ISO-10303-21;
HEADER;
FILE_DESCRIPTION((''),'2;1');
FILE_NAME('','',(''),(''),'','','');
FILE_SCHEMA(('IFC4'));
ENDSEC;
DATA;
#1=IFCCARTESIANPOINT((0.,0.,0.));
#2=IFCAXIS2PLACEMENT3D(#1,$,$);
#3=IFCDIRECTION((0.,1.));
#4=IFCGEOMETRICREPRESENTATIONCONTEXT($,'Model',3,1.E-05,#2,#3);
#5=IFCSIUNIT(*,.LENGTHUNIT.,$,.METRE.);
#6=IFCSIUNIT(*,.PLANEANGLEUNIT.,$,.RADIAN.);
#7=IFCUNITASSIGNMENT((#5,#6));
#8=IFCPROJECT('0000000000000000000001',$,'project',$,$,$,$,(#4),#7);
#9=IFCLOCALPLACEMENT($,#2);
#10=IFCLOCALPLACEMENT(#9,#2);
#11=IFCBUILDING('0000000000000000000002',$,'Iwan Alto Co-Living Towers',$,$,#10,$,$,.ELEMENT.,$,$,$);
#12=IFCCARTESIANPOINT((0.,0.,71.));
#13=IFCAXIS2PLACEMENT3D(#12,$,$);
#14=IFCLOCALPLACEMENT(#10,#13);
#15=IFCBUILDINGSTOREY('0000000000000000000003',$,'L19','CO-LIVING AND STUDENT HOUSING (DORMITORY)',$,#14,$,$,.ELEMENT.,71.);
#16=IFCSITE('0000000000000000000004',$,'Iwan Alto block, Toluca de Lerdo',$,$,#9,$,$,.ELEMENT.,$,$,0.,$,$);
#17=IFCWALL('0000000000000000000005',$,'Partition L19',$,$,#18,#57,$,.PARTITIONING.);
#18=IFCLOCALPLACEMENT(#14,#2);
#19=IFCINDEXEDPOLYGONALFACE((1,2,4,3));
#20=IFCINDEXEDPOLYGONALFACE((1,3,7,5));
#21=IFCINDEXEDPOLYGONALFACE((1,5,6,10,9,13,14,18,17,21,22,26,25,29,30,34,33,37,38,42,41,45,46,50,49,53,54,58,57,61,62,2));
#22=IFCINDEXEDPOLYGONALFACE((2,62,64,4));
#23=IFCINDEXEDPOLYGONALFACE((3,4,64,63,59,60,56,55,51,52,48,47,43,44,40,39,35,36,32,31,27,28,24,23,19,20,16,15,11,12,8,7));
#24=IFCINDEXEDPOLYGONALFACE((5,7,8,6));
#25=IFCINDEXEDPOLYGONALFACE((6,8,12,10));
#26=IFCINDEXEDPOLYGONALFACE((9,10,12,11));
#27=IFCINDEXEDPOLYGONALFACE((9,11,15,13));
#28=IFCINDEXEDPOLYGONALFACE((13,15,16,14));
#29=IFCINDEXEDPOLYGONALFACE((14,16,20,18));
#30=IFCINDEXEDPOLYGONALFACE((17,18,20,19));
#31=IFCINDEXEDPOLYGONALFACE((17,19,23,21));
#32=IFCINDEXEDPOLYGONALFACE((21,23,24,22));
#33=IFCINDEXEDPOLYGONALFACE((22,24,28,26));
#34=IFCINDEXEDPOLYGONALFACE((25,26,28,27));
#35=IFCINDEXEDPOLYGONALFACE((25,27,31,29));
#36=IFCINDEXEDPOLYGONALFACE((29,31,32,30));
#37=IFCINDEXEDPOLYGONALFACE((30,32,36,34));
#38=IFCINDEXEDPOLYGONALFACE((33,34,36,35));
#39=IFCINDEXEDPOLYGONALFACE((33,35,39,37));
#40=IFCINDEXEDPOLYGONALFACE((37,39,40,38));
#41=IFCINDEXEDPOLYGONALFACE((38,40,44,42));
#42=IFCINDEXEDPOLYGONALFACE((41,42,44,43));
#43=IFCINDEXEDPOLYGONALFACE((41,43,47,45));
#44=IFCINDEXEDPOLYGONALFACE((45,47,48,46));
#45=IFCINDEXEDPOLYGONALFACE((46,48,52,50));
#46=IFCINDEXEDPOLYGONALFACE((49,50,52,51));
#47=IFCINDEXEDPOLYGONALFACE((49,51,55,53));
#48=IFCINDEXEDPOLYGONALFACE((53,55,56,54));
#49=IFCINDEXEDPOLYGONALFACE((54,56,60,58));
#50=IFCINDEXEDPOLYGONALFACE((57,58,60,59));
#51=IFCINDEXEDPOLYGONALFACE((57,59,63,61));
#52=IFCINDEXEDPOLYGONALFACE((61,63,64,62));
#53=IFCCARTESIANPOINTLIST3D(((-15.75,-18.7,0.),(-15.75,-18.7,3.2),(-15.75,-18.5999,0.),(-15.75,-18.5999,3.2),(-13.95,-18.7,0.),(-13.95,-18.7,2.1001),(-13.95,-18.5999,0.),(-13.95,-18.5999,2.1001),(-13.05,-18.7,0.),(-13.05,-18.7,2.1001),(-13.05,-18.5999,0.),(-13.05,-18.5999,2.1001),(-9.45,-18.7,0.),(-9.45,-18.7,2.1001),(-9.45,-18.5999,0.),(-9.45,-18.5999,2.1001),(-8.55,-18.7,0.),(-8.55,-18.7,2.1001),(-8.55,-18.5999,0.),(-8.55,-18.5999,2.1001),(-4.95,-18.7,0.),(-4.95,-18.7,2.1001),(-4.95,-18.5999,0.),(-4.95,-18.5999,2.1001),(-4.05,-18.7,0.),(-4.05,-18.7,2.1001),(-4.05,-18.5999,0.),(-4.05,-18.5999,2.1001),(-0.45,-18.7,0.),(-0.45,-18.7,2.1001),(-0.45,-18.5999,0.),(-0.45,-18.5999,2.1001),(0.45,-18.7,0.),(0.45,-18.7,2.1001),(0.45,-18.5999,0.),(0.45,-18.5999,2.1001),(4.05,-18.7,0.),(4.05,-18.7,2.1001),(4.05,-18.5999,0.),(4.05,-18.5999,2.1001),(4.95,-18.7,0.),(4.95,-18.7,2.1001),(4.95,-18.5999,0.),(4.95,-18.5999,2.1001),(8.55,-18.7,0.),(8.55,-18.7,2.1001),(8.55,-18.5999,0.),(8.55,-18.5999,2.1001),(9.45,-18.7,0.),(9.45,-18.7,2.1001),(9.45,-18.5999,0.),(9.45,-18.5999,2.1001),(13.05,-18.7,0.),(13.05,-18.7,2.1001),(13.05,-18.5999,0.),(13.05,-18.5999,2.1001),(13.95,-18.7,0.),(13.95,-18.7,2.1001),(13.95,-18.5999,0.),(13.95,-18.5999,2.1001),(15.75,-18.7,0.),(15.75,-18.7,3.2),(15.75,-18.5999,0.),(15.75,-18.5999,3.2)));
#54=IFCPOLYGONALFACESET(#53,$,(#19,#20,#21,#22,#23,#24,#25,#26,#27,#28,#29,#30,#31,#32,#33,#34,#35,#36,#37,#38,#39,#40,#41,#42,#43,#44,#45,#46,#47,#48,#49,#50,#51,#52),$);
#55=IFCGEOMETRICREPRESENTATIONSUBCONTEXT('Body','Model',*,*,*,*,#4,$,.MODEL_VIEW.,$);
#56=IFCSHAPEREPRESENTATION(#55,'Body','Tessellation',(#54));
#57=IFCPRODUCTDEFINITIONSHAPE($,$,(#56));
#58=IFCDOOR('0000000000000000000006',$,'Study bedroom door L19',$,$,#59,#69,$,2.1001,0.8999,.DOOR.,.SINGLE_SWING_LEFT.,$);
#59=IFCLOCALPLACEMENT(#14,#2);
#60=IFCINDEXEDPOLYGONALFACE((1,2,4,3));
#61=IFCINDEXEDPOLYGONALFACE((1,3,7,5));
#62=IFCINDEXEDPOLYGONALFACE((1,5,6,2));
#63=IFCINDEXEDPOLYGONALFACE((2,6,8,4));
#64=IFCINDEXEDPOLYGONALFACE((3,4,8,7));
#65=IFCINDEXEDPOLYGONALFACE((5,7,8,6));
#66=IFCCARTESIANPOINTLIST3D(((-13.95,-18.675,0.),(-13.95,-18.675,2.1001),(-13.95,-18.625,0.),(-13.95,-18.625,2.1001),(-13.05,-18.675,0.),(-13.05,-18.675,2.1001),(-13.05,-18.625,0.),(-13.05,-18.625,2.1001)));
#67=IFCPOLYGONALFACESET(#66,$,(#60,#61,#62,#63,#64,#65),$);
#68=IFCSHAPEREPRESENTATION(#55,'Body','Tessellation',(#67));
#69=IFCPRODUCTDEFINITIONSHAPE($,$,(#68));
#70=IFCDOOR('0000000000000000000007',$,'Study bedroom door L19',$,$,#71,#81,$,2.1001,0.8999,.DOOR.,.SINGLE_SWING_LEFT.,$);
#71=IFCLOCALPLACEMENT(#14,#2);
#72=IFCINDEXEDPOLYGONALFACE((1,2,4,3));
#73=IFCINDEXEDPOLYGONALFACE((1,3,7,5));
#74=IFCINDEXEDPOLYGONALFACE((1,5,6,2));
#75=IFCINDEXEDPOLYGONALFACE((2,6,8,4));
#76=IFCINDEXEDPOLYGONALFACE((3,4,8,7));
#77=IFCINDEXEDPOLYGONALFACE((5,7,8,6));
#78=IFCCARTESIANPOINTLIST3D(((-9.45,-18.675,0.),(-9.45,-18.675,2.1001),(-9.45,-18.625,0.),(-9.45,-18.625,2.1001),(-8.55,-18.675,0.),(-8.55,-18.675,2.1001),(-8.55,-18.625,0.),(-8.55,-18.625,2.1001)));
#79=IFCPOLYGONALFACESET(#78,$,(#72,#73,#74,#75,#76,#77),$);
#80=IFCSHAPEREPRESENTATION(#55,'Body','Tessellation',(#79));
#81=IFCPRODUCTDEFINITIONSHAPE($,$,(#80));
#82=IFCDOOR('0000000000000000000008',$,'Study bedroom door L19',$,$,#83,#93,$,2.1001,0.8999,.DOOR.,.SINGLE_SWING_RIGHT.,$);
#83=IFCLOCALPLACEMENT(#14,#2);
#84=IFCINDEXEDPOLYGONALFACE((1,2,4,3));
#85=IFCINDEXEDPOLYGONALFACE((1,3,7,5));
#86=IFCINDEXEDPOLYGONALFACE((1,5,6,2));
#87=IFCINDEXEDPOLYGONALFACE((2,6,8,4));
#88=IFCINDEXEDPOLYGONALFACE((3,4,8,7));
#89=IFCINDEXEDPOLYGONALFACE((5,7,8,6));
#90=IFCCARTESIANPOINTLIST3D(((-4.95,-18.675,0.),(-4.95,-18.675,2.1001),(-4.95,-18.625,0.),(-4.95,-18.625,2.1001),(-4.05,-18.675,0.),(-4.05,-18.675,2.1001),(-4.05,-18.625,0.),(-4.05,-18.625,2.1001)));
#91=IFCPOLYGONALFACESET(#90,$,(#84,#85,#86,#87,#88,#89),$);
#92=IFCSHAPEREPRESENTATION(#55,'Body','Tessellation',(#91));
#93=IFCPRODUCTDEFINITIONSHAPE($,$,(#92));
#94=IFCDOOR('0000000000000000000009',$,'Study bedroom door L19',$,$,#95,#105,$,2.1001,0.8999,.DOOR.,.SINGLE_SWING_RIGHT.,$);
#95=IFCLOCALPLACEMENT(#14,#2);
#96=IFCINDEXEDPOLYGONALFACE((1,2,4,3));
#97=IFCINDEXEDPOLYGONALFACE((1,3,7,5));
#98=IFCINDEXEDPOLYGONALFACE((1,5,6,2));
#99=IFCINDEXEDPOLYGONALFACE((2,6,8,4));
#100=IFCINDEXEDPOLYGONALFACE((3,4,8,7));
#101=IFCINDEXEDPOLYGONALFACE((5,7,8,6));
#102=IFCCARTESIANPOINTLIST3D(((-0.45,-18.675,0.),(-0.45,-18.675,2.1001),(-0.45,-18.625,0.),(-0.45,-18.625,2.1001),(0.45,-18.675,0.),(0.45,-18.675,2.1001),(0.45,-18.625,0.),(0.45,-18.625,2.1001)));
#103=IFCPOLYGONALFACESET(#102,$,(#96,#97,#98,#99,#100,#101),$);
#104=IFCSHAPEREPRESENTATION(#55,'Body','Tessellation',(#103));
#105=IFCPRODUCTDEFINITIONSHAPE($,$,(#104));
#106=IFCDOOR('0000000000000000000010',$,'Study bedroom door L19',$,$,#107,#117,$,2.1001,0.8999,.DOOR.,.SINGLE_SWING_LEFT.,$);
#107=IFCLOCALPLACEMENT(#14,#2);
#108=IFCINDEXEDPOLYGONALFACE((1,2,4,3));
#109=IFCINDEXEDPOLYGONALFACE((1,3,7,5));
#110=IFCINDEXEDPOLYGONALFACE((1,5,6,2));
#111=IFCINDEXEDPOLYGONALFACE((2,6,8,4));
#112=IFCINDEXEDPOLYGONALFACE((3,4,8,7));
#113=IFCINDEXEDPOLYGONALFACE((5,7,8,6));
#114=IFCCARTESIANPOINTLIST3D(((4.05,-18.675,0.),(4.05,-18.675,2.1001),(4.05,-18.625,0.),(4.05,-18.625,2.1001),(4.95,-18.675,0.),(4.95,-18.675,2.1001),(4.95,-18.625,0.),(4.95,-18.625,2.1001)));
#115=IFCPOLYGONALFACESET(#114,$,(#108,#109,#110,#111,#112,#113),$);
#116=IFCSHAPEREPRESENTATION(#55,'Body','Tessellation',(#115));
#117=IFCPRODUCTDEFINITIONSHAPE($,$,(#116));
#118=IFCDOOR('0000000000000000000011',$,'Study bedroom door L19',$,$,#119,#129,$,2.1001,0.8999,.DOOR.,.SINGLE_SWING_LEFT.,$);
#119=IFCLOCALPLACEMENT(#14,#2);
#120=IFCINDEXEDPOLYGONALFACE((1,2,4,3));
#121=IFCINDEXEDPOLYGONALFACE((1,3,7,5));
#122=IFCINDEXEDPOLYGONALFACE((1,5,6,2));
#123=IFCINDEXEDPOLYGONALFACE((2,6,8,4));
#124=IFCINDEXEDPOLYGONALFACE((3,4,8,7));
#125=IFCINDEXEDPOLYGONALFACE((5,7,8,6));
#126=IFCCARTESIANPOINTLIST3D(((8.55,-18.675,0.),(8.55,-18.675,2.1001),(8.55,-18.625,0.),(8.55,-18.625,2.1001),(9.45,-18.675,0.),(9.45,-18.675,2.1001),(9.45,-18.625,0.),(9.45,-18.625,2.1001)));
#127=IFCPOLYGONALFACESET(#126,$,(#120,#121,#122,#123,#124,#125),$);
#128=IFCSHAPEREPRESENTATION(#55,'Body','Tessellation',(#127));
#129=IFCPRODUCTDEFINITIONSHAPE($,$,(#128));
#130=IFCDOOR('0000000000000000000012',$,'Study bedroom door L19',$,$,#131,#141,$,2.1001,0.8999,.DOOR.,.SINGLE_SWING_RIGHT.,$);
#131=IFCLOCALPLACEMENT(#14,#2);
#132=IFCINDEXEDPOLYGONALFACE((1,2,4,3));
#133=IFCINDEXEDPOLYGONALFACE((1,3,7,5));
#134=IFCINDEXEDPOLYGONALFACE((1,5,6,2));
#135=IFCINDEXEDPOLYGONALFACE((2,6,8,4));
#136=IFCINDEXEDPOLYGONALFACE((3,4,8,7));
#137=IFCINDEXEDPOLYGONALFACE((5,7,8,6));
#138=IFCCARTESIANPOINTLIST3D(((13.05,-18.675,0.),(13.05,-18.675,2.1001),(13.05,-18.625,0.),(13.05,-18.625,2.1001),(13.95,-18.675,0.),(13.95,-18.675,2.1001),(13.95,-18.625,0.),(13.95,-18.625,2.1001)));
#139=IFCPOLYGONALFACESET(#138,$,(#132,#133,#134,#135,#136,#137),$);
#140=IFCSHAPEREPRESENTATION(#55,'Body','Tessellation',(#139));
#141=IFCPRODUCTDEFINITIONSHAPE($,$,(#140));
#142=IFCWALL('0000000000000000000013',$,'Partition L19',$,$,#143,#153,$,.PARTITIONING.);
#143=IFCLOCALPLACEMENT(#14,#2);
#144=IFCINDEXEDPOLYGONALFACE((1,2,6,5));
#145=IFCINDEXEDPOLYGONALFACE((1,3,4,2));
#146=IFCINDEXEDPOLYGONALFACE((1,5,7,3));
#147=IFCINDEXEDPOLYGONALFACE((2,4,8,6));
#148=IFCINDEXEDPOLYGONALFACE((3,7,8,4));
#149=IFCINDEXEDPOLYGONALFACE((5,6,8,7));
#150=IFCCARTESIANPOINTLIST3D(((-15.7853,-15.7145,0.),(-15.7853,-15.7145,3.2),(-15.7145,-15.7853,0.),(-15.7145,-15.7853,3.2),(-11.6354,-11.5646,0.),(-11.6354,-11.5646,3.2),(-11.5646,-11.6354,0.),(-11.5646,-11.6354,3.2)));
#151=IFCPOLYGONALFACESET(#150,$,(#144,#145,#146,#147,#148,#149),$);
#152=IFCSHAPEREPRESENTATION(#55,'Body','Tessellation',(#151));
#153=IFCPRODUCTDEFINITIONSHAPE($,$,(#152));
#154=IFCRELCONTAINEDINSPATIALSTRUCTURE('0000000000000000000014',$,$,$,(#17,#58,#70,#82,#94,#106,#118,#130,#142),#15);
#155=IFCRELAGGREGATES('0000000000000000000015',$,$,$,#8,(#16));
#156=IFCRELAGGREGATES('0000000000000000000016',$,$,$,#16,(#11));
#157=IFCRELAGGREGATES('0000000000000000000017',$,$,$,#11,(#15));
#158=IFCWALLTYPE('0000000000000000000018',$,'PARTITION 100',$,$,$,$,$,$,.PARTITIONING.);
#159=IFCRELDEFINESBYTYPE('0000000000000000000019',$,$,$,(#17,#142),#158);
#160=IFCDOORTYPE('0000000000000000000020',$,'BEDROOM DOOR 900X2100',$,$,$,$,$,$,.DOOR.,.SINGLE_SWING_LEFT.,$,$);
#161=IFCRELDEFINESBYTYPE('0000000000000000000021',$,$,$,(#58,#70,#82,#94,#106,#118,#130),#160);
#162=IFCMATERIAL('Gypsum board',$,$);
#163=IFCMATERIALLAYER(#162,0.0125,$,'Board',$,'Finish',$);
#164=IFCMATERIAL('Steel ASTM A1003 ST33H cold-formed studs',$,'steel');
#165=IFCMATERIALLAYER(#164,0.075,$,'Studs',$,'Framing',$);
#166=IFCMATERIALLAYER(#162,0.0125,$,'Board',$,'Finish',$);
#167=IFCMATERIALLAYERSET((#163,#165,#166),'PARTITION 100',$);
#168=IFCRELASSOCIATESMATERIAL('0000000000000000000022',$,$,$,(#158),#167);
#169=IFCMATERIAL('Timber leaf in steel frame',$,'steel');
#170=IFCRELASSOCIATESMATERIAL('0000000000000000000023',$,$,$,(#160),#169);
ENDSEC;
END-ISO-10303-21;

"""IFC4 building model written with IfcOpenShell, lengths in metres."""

from ifc_helpers import new_model, si_unit, direction, frame, frame_2d, origin, place, context, subcontext, project, spatial, rectangle, extrude, material, layer, layer_set, type_object, element, fill, save


model = new_model("IFC4")

# Units and contexts
model_context = context("Model", 3, precision=1e-05, world=origin(), true_north=direction((0.0, 1.0)))
body_context = subcontext(model_context, "Body", "Model", "MODEL_VIEW")
ifc_project = project(units=[si_unit("LENGTHUNIT", "METRE"), si_unit("PLANEANGLEUNIT", "RADIAN")], contexts=[model_context])

# Site, building, storey
site_placement = place(None, origin())
site = spatial("IfcSite", under=ifc_project, at=site_placement, Name="Iwan Alto block, Toluca de Lerdo", CompositionType="ELEMENT", RefElevation=0.0)
building_placement = place(site_placement, origin())
building = spatial("IfcBuilding", under=site, at=building_placement, Name="Iwan Alto Co-Living Towers", CompositionType="ELEMENT")
storey_placement = place(building_placement, frame((0.0, 0.0, 71.0)))
storey = spatial("IfcBuildingStorey", under=building, at=storey_placement, Name="L19", Description="CO-LIVING AND STUDENT HOUSING (DORMITORY)", CompositionType="ELEMENT", Elevation=71.0)

# Wall, openings, doors
ifc_material_1 = material(Name="Gypsum board")
ifc_material_2 = material(Name="Steel ASTM A1003 ST33H cold-formed studs", Category="steel")
ifc_layer_1 = layer(ifc_material_1, 0.0125, Name="Board", Category="Finish")
ifc_layer_2 = layer(ifc_material_2, 0.075, Name="Studs", Category="Framing")
ifc_layer_3 = layer(ifc_material_1, 0.0125, Name="Board", Category="Finish")
ifc_layer_set_1 = layer_set([ifc_layer_1, ifc_layer_2, ifc_layer_3], Name="PARTITION 100")
wall_type_1 = type_object("IfcWallType", Name="PARTITION 100", PredefinedType="PARTITIONING", material=ifc_layer_set_1)
wall_1_placement = place(storey_placement, frame((-15.75, -18.6499, 0.0), z_axis=(0.0, 0.0, 1.0), x_axis=(1.0, 0.0, 0.0)))
wall_1 = element("IfcWall", 1, at=wall_1_placement, inside=storey, type_object=wall_type_1, Name="Partition L19", PredefinedType="PARTITIONING", context=body_context, shape_type="SweptSolid", body=[
    extrude(rectangle(XDim=31.5, YDim=0.1001, at=frame_2d((15.75, 0.0))), origin(), (0.0, 0.0, 1.0), 3.2),
])
opening_1_placement = place(wall_1_placement, frame((1.8, 0.0, 0.0)))
opening_1 = element("IfcOpeningElement", 2, at=opening_1_placement, cuts=wall_1, PredefinedType="OPENING", context=body_context, shape_type="SweptSolid", body=[
    extrude(rectangle(XDim=0.8999, YDim=2.1001, at=frame_2d((0.45, 1.05))), frame((0.0, 0.0601, 0.0), z_axis=(0.0, -1.0, 0.0), x_axis=(1.0, 0.0, 0.0)), (0.0, 0.0, 1.0), 0.1201),
])
opening_2_placement = place(wall_1_placement, frame((6.3, 0.0, 0.0)))
opening_2 = element("IfcOpeningElement", 3, at=opening_2_placement, cuts=wall_1, PredefinedType="OPENING", context=body_context, shape_type="SweptSolid", body=[
    extrude(rectangle(XDim=0.8999, YDim=2.1001, at=frame_2d((0.45, 1.05))), frame((0.0, 0.0601, 0.0), z_axis=(0.0, -1.0, 0.0), x_axis=(1.0, 0.0, 0.0)), (0.0, 0.0, 1.0), 0.1201),
])
opening_3_placement = place(wall_1_placement, frame((10.8, 0.0, 0.0)))
opening_3 = element("IfcOpeningElement", 4, at=opening_3_placement, cuts=wall_1, PredefinedType="OPENING", context=body_context, shape_type="SweptSolid", body=[
    extrude(rectangle(XDim=0.8999, YDim=2.1001, at=frame_2d((0.45, 1.05))), frame((0.0, 0.0601, 0.0), z_axis=(0.0, -1.0, 0.0), x_axis=(1.0, 0.0, 0.0)), (0.0, 0.0, 1.0), 0.1201),
])
opening_4_placement = place(wall_1_placement, frame((15.3, 0.0, 0.0)))
opening_4 = element("IfcOpeningElement", 5, at=opening_4_placement, cuts=wall_1, PredefinedType="OPENING", context=body_context, shape_type="SweptSolid", body=[
    extrude(rectangle(XDim=0.8999, YDim=2.1001, at=frame_2d((0.45, 1.05))), frame((0.0, 0.0601, 0.0), z_axis=(0.0, -1.0, 0.0), x_axis=(1.0, 0.0, 0.0)), (0.0, 0.0, 1.0), 0.1201),
])
opening_5_placement = place(wall_1_placement, frame((19.8, 0.0, 0.0)))
opening_5 = element("IfcOpeningElement", 6, at=opening_5_placement, cuts=wall_1, PredefinedType="OPENING", context=body_context, shape_type="SweptSolid", body=[
    extrude(rectangle(XDim=0.8999, YDim=2.1001, at=frame_2d((0.45, 1.05))), frame((0.0, 0.0601, 0.0), z_axis=(0.0, -1.0, 0.0), x_axis=(1.0, 0.0, 0.0)), (0.0, 0.0, 1.0), 0.1201),
])
opening_6_placement = place(wall_1_placement, frame((24.3, 0.0, 0.0)))
opening_6 = element("IfcOpeningElement", 7, at=opening_6_placement, cuts=wall_1, PredefinedType="OPENING", context=body_context, shape_type="SweptSolid", body=[
    extrude(rectangle(XDim=0.8999, YDim=2.1001, at=frame_2d((0.45, 1.05))), frame((0.0, 0.0601, 0.0), z_axis=(0.0, -1.0, 0.0), x_axis=(1.0, 0.0, 0.0)), (0.0, 0.0, 1.0), 0.1201),
])
opening_7_placement = place(wall_1_placement, frame((28.8, 0.0, 0.0)))
opening_7 = element("IfcOpeningElement", 8, at=opening_7_placement, cuts=wall_1, PredefinedType="OPENING", context=body_context, shape_type="SweptSolid", body=[
    extrude(rectangle(XDim=0.8999, YDim=2.1001, at=frame_2d((0.45, 1.05))), frame((0.0, 0.0601, 0.0), z_axis=(0.0, -1.0, 0.0), x_axis=(1.0, 0.0, 0.0)), (0.0, 0.0, 1.0), 0.1201),
])
ifc_material_3 = material(Name="Timber leaf in steel frame", Category="steel")
door_type_1 = type_object("IfcDoorType", Name="BEDROOM DOOR 900X2100", OperationType="SINGLE_SWING_LEFT", PredefinedType="DOOR", material=ifc_material_3)
door_1_placement = place(opening_1_placement, origin())
door_1 = element("IfcDoor", 9, at=door_1_placement, inside=storey, type_object=door_type_1, Name="Study bedroom door L19", OperationType="SINGLE_SWING_LEFT", OverallHeight=2.1001, OverallWidth=0.8999, PredefinedType="DOOR", context=body_context, shape_type="SweptSolid", body=[
    extrude(rectangle(XDim=0.8999, YDim=2.1001, at=frame_2d((0.45, 1.05))), frame((0.0, 0.0249, 0.0), z_axis=(0.0, -1.0, 0.0), x_axis=(1.0, 0.0, 0.0)), (0.0, 0.0, 1.0), 0.05),
])
fill(opening_1, door_1)
door_2_placement = place(opening_2_placement, origin())
door_2 = element("IfcDoor", 10, at=door_2_placement, inside=storey, type_object=door_type_1, Name="Study bedroom door L19", OperationType="SINGLE_SWING_LEFT", OverallHeight=2.1001, OverallWidth=0.8999, PredefinedType="DOOR", context=body_context, shape_type="SweptSolid", body=[
    extrude(rectangle(XDim=0.8999, YDim=2.1001, at=frame_2d((0.45, 1.05))), frame((0.0, 0.0249, 0.0), z_axis=(0.0, -1.0, 0.0), x_axis=(1.0, 0.0, 0.0)), (0.0, 0.0, 1.0), 0.05),
])
fill(opening_2, door_2)
door_3_placement = place(opening_3_placement, origin())
door_3 = element("IfcDoor", 11, at=door_3_placement, inside=storey, type_object=door_type_1, Name="Study bedroom door L19", OperationType="SINGLE_SWING_RIGHT", OverallHeight=2.1001, OverallWidth=0.8999, PredefinedType="DOOR", context=body_context, shape_type="SweptSolid", body=[
    extrude(rectangle(XDim=0.8999, YDim=2.1001, at=frame_2d((0.45, 1.05))), frame((0.0, 0.0249, 0.0), z_axis=(0.0, -1.0, 0.0), x_axis=(1.0, 0.0, 0.0)), (0.0, 0.0, 1.0), 0.05),
])
fill(opening_3, door_3)
door_4_placement = place(opening_4_placement, origin())
door_4 = element("IfcDoor", 12, at=door_4_placement, inside=storey, type_object=door_type_1, Name="Study bedroom door L19", OperationType="SINGLE_SWING_RIGHT", OverallHeight=2.1001, OverallWidth=0.8999, PredefinedType="DOOR", context=body_context, shape_type="SweptSolid", body=[
    extrude(rectangle(XDim=0.8999, YDim=2.1001, at=frame_2d((0.45, 1.05))), frame((0.0, 0.0249, 0.0), z_axis=(0.0, -1.0, 0.0), x_axis=(1.0, 0.0, 0.0)), (0.0, 0.0, 1.0), 0.05),
])
fill(opening_4, door_4)
door_5_placement = place(opening_5_placement, origin())
door_5 = element("IfcDoor", 13, at=door_5_placement, inside=storey, type_object=door_type_1, Name="Study bedroom door L19", OperationType="SINGLE_SWING_LEFT", OverallHeight=2.1001, OverallWidth=0.8999, PredefinedType="DOOR", context=body_context, shape_type="SweptSolid", body=[
    extrude(rectangle(XDim=0.8999, YDim=2.1001, at=frame_2d((0.45, 1.05))), frame((0.0, 0.0249, 0.0), z_axis=(0.0, -1.0, 0.0), x_axis=(1.0, 0.0, 0.0)), (0.0, 0.0, 1.0), 0.05),
])
fill(opening_5, door_5)
door_6_placement = place(opening_6_placement, origin())
door_6 = element("IfcDoor", 14, at=door_6_placement, inside=storey, type_object=door_type_1, Name="Study bedroom door L19", OperationType="SINGLE_SWING_LEFT", OverallHeight=2.1001, OverallWidth=0.8999, PredefinedType="DOOR", context=body_context, shape_type="SweptSolid", body=[
    extrude(rectangle(XDim=0.8999, YDim=2.1001, at=frame_2d((0.45, 1.05))), frame((0.0, 0.0249, 0.0), z_axis=(0.0, -1.0, 0.0), x_axis=(1.0, 0.0, 0.0)), (0.0, 0.0, 1.0), 0.05),
])
fill(opening_6, door_6)
door_7_placement = place(opening_7_placement, origin())
door_7 = element("IfcDoor", 15, at=door_7_placement, inside=storey, type_object=door_type_1, Name="Study bedroom door L19", OperationType="SINGLE_SWING_RIGHT", OverallHeight=2.1001, OverallWidth=0.8999, PredefinedType="DOOR", context=body_context, shape_type="SweptSolid", body=[
    extrude(rectangle(XDim=0.8999, YDim=2.1001, at=frame_2d((0.45, 1.05))), frame((0.0, 0.0249, 0.0), z_axis=(0.0, -1.0, 0.0), x_axis=(1.0, 0.0, 0.0)), (0.0, 0.0, 1.0), 0.05),
])
fill(opening_7, door_7)

# Wall
wall_2_placement = place(storey_placement, frame((-15.75, -15.75, 0.0), z_axis=(0.0, 0.0, 1.0), x_axis=(0.707107, 0.707107, 0.0)))
element("IfcWall", 16, at=wall_2_placement, inside=storey, type_object=wall_type_1, Name="Partition L19", PredefinedType="PARTITIONING", context=body_context, shape_type="SweptSolid", body=[
    extrude(rectangle(XDim=5.8689, YDim=0.1001, at=frame_2d((2.9346, 0.0))), origin(), (0.0, 0.0, 1.0), 3.2),
])

save(model, "model.ifc")
